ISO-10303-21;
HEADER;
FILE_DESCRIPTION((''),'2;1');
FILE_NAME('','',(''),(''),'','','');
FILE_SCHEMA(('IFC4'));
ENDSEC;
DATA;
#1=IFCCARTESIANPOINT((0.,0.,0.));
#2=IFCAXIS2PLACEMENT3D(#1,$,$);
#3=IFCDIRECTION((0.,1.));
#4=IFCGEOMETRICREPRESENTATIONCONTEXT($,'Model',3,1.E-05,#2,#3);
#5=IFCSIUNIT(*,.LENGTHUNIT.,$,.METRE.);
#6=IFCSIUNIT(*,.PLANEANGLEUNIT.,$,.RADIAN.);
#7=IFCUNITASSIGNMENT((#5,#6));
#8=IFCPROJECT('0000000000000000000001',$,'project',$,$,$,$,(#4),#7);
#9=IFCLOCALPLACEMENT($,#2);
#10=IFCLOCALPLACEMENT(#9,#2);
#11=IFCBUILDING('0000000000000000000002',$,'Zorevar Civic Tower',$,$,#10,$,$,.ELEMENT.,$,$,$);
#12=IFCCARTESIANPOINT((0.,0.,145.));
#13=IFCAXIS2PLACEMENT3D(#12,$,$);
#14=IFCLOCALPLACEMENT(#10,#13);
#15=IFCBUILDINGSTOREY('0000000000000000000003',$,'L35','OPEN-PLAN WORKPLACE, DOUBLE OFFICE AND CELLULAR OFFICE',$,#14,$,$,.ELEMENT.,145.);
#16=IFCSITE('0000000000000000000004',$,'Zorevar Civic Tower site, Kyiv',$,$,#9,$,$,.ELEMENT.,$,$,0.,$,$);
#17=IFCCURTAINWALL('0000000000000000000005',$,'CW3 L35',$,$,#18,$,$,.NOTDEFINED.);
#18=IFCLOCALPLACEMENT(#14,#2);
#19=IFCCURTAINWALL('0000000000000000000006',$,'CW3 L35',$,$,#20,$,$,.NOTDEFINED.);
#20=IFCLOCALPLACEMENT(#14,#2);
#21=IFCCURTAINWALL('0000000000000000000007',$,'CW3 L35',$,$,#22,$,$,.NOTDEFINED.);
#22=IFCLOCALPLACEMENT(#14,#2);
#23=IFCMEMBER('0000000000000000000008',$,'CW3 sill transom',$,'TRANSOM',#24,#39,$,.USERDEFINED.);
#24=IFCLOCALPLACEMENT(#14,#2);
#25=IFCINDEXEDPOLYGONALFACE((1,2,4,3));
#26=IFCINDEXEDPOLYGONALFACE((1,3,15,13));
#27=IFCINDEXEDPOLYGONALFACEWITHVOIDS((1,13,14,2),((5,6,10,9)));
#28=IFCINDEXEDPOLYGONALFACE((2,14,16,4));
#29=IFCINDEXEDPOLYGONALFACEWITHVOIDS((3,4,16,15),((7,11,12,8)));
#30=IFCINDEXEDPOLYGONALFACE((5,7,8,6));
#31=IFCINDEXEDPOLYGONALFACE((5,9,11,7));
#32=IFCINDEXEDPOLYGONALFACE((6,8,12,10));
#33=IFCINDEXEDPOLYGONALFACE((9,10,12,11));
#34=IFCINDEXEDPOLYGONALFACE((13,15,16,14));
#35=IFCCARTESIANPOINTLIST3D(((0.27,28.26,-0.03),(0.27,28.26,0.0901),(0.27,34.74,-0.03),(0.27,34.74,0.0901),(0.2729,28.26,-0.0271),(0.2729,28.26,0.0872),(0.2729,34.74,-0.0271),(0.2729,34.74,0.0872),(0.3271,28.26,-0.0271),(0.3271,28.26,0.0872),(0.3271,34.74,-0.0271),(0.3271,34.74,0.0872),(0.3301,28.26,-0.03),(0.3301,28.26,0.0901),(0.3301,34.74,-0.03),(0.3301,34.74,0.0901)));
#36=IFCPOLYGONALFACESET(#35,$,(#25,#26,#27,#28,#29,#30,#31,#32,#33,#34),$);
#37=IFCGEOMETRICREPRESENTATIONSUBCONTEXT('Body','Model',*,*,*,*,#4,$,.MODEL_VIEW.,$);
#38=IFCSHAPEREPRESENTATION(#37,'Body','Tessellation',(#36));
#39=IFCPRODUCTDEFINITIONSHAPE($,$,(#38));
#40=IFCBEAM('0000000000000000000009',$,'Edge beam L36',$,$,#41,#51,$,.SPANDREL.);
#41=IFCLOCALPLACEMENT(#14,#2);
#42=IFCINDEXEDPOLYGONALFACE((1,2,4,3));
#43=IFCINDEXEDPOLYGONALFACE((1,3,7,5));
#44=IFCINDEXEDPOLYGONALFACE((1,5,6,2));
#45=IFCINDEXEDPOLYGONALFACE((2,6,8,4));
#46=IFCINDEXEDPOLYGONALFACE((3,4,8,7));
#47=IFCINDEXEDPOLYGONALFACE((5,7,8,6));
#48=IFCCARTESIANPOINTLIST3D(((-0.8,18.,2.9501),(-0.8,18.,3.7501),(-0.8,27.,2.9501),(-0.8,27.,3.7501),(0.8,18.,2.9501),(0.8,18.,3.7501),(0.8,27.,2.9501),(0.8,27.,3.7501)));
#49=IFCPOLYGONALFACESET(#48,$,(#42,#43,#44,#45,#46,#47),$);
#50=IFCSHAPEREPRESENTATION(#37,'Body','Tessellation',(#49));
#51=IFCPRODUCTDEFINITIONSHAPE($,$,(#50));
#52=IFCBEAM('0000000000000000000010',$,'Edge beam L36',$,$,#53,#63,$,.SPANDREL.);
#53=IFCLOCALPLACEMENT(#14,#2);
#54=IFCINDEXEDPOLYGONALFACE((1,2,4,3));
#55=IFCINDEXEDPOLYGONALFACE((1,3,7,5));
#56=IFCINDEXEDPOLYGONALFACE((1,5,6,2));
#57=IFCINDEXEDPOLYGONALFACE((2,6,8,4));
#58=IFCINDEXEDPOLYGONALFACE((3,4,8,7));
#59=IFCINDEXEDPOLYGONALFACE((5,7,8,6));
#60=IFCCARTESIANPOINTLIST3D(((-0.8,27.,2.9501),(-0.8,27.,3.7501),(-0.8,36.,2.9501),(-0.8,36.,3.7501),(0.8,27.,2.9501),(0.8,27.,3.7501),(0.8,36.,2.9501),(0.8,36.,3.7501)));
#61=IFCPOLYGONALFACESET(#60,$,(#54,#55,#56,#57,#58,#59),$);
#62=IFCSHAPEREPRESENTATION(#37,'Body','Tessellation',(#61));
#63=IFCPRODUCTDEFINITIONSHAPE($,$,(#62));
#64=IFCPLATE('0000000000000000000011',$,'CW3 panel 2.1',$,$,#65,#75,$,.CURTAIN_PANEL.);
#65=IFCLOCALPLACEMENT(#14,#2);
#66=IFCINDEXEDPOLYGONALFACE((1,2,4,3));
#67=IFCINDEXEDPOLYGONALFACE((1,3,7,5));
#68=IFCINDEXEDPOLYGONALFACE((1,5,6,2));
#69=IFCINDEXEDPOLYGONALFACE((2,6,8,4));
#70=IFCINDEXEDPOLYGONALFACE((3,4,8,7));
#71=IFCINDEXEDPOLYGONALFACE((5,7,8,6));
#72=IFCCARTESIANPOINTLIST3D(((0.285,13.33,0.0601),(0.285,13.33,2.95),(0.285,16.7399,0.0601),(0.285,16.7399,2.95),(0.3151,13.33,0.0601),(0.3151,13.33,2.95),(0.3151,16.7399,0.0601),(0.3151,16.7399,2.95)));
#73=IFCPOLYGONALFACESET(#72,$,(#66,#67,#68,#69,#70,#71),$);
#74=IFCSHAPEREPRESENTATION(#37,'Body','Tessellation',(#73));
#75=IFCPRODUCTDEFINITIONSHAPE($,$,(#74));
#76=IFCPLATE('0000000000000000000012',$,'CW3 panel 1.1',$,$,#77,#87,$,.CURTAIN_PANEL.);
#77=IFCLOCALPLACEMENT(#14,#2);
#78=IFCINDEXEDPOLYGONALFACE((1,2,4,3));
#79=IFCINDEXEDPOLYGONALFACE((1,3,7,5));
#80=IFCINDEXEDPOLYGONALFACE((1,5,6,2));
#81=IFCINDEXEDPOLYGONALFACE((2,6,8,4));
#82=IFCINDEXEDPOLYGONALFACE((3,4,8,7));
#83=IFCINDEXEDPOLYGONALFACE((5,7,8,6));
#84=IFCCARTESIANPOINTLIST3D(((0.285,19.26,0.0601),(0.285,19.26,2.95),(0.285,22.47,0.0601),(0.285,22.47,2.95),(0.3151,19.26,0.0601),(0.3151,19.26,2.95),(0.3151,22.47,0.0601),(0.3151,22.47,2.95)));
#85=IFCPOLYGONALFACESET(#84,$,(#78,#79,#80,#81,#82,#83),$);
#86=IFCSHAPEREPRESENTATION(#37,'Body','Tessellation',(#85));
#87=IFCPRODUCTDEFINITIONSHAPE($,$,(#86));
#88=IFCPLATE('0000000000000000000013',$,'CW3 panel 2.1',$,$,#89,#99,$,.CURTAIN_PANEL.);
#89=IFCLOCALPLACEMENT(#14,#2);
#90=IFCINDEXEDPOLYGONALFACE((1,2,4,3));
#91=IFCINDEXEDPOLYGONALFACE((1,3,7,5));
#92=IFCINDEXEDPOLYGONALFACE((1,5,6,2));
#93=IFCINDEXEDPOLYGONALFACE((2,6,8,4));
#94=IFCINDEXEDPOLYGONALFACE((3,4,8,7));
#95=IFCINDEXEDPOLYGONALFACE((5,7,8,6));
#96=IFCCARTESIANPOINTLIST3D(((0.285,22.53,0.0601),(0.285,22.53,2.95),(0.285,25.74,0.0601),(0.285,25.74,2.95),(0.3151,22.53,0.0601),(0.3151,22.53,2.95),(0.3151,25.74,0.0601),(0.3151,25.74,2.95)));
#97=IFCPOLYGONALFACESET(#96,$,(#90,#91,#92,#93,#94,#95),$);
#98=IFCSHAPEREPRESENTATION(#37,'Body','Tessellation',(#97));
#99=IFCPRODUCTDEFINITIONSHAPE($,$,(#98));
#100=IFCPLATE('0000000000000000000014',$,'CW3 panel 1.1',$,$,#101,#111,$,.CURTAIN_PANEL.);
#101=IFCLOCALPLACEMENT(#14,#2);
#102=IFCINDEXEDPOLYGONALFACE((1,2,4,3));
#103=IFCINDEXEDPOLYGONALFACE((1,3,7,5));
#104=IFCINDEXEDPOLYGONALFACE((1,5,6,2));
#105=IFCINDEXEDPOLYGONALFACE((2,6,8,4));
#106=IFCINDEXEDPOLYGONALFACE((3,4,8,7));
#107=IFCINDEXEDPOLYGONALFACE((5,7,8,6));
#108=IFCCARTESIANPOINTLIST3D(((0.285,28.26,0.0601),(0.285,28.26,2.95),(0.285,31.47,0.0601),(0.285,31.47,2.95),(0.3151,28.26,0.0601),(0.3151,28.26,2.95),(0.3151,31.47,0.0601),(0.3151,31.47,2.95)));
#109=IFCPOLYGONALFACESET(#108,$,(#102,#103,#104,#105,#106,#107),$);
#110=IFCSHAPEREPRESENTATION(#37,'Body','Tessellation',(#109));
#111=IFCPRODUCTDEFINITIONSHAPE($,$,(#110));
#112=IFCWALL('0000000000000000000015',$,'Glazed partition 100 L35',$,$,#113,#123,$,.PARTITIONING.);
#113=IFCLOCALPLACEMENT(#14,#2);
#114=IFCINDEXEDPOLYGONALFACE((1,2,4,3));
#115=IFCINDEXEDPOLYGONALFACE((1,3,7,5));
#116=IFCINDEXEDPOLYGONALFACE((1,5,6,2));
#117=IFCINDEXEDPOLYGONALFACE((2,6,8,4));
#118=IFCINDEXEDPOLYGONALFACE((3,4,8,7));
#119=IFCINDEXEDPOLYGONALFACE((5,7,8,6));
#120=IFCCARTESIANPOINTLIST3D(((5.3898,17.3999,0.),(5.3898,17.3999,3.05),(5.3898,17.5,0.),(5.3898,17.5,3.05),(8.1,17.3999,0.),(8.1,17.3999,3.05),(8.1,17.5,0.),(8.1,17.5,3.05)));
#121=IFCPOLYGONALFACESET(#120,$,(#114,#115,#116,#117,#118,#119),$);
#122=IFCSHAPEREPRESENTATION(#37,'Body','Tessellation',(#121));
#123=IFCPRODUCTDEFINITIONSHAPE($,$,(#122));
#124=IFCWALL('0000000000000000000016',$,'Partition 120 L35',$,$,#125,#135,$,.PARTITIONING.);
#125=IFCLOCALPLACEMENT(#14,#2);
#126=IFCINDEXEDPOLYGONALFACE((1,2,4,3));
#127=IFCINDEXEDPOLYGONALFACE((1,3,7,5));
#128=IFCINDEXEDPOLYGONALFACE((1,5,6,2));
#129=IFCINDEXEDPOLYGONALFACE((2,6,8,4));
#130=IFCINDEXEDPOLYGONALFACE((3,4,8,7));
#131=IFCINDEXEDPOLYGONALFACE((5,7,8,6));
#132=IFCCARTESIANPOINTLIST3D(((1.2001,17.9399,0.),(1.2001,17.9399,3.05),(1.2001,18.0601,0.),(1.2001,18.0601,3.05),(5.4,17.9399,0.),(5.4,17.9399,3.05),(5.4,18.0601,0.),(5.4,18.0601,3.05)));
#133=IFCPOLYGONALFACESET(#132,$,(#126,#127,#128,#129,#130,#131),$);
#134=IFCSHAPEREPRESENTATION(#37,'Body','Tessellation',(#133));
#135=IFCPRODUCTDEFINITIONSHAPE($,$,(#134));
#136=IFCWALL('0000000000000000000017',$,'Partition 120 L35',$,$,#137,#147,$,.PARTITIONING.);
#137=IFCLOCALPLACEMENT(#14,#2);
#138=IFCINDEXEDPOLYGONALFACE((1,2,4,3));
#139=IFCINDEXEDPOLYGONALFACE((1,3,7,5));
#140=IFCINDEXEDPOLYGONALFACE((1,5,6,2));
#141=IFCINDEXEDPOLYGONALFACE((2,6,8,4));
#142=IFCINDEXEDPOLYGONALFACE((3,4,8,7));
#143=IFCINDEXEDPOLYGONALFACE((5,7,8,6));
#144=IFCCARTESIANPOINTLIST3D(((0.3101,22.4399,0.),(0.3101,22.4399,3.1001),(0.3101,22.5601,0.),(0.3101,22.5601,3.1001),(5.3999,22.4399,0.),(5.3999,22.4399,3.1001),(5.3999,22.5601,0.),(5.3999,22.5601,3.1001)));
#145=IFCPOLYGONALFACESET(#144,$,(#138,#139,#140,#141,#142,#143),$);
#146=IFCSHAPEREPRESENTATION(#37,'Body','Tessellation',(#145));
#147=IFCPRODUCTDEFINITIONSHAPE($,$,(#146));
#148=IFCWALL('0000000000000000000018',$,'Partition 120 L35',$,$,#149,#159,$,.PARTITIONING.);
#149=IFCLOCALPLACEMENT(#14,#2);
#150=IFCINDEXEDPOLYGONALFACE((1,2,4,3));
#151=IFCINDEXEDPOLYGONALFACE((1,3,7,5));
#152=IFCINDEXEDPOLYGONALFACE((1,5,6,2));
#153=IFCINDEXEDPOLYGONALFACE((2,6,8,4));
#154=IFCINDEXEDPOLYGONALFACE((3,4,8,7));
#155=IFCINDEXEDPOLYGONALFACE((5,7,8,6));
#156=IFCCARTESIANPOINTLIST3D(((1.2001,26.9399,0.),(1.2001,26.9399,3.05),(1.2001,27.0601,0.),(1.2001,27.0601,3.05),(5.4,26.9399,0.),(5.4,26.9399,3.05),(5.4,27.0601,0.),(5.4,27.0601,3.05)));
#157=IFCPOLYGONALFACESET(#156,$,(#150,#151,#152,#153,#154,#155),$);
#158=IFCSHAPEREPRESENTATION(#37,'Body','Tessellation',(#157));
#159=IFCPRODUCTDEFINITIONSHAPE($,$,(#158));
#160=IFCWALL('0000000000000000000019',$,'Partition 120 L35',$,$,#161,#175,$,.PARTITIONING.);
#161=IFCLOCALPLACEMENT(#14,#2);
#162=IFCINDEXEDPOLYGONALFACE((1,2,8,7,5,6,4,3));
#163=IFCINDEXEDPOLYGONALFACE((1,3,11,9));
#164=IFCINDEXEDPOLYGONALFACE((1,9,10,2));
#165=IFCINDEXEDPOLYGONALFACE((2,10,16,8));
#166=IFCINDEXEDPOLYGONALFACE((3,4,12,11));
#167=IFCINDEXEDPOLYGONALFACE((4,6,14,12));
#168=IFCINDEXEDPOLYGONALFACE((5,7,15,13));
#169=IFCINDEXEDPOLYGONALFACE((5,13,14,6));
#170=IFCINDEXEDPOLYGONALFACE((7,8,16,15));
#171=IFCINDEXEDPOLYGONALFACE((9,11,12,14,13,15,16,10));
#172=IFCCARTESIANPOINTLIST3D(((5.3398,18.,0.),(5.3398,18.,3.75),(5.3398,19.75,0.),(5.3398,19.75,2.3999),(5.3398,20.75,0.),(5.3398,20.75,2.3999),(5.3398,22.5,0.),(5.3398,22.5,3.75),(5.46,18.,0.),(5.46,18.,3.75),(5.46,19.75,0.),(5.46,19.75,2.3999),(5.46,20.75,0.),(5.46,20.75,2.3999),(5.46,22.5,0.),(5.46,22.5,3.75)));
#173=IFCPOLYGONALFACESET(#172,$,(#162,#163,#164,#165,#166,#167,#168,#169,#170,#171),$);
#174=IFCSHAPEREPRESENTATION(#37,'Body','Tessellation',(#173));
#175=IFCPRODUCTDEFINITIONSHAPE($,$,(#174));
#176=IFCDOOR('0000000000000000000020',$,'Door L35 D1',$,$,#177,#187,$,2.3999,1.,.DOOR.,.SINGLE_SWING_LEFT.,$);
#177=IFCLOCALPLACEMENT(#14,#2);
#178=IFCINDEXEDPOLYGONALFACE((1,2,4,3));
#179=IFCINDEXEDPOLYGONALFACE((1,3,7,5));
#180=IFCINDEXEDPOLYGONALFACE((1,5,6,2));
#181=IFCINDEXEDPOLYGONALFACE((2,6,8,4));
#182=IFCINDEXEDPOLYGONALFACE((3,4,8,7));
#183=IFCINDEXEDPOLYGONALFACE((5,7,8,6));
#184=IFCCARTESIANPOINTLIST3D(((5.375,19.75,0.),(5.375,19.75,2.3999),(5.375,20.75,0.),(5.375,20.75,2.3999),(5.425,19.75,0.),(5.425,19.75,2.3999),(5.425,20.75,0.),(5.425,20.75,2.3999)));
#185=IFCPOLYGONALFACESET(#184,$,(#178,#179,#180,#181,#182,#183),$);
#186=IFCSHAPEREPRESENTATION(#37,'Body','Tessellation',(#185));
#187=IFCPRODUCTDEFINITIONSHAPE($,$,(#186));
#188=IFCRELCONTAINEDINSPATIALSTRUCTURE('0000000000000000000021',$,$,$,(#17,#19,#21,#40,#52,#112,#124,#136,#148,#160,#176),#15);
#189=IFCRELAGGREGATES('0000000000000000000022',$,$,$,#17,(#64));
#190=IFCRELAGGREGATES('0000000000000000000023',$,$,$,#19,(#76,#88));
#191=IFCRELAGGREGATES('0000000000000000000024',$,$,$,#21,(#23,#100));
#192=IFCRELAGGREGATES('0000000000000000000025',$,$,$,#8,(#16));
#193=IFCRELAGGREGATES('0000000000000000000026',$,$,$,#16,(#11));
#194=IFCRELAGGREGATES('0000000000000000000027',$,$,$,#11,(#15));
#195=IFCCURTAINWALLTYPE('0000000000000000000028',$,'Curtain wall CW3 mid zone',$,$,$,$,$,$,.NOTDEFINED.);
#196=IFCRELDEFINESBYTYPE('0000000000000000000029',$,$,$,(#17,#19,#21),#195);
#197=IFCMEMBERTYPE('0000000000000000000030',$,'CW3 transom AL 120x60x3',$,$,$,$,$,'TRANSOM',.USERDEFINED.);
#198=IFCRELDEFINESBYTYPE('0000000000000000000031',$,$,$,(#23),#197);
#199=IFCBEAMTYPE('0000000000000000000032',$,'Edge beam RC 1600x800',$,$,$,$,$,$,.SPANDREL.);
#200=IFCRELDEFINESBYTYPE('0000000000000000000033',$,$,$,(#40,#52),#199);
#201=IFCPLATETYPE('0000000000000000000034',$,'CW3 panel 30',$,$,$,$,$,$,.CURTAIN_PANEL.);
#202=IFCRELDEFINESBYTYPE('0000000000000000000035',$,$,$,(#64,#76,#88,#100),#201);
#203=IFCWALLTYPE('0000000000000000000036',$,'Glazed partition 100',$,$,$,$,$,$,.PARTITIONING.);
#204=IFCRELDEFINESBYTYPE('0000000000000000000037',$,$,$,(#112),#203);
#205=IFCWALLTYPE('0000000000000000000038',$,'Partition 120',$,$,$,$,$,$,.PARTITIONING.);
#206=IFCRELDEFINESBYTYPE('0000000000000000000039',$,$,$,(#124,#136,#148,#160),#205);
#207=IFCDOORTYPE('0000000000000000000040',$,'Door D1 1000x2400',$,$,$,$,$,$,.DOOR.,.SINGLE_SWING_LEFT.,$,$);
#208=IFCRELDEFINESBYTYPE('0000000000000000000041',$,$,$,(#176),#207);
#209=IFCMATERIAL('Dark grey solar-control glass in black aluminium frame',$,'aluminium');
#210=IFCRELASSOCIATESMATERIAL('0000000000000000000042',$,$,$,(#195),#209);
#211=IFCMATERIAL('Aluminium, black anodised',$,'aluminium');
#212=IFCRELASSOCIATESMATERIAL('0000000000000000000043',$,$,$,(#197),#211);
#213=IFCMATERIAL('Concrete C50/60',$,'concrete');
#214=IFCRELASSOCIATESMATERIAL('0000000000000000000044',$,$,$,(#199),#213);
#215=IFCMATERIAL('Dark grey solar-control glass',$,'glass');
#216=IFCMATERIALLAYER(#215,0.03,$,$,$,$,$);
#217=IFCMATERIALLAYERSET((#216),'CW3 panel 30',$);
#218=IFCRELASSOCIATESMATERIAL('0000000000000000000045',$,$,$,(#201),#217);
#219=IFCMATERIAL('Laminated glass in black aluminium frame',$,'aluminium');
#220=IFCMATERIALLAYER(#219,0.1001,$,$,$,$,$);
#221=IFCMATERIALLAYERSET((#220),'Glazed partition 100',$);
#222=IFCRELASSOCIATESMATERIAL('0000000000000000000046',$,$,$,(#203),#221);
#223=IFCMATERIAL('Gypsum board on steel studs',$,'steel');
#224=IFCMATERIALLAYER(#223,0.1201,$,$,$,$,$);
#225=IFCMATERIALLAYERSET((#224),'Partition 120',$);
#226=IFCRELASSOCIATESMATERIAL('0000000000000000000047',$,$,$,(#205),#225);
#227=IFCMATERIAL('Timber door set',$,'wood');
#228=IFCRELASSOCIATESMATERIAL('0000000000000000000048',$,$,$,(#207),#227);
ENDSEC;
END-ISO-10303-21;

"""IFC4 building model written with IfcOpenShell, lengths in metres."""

from ifc_helpers import new_model, si_unit, direction, frame, frame_2d, origin, origin_2d, place, context, subcontext, project, spatial, rectangle, hollow_rectangle, extrude, material, layer, layer_set, material_profile, profile_set, type_object, element, fill, aggregate, save


model = new_model("IFC4")

# Units and contexts
model_context = context("Model", 3, precision=1e-05, world=origin(), true_north=direction((0.0, 1.0)))
body_context = subcontext(model_context, "Body", "Model", "MODEL_VIEW")
ifc_project = project(units=[si_unit("LENGTHUNIT", "METRE"), si_unit("PLANEANGLEUNIT", "RADIAN")], contexts=[model_context])

# Site, building, storey
site_placement = place(None, origin())
site = spatial("IfcSite", under=ifc_project, at=site_placement, Name="Zorevar Civic Tower site, Kyiv", CompositionType="ELEMENT", RefElevation=0.0)
building_placement = place(site_placement, origin())
building = spatial("IfcBuilding", under=site, at=building_placement, Name="Zorevar Civic Tower", CompositionType="ELEMENT")
storey_placement = place(building_placement, frame((0.0, 0.0, 145.0)))
storey = spatial("IfcBuildingStorey", under=building, at=storey_placement, Name="L35", Description="OPEN-PLAN WORKPLACE, DOUBLE OFFICE AND CELLULAR OFFICE", CompositionType="ELEMENT", Elevation=145.0)

# Curtain wall
ifc_material_1 = material(Name="Dark grey solar-control glass in black aluminium frame", Category="aluminium")
curtain_wall_type = type_object("IfcCurtainWallType", Name="Curtain wall CW3 mid zone", PredefinedType="NOTDEFINED", material=ifc_material_1)
curtain_wall_1_placement = place(storey_placement, origin())
curtain_wall_1 = element("IfcCurtainWall", 1, at=curtain_wall_1_placement, inside=storey, type_object=curtain_wall_type, Name="CW3 L35", PredefinedType="NOTDEFINED")

# Curtain walls
curtain_wall_2_placement = place(storey_placement, origin())
curtain_wall_2 = element("IfcCurtainWall", 2, at=curtain_wall_2_placement, inside=storey, type_object=curtain_wall_type, Name="CW3 L35", PredefinedType="NOTDEFINED")
curtain_wall_3_placement = place(storey_placement, origin())
curtain_wall_3 = element("IfcCurtainWall", 3, at=curtain_wall_3_placement, inside=storey, type_object=curtain_wall_type, Name="CW3 L35", PredefinedType="NOTDEFINED")

# Member
ifc_material_2 = material(Name="Aluminium, black anodised", Category="aluminium")
ifc_material_profile_1 = material_profile(ifc_material_2, hollow_rectangle(XDim=0.0601, YDim=0.1201, WallThickness=0.0029, at=origin_2d()), Name="AL 120x60x3")
ifc_profile_set_1 = profile_set([ifc_material_profile_1], Name="Aluminium, black anodised")
member_type_1 = type_object("IfcMemberType", Name="CW3 transom AL 120x60x3", ElementType="TRANSOM", PredefinedType="USERDEFINED", material=ifc_profile_set_1)
member_1_placement = place(storey_placement, frame((0.3, 28.26, 0.03), z_axis=(0.0, 1.0, 0.0), x_axis=(-1.0, 0.0, 0.0)))
member_1 = element("IfcMember", 4, at=member_1_placement, type_object=member_type_1, Name="CW3 sill transom", ObjectType="TRANSOM", PredefinedType="USERDEFINED", context=body_context, shape_type="SweptSolid", body=[
    extrude(hollow_rectangle(XDim=0.0601, YDim=0.1201, WallThickness=0.0029, at=origin_2d()), origin(), (0.0, 0.0, 1.0), 6.48),
])

# Beams
ifc_material_3 = material(Name="Concrete C50/60", Category="concrete")
ifc_material_profile_2 = material_profile(ifc_material_3, rectangle(XDim=1.6001, YDim=0.8, at=origin_2d()), Name="RC 1600x800")
ifc_profile_set_2 = profile_set([ifc_material_profile_2], Name="Concrete C50/60")
beam_type_1 = type_object("IfcBeamType", Name="Edge beam RC 1600x800", PredefinedType="SPANDREL", material=ifc_profile_set_2)
for number, where, z_axis, x_axis, name in (
    (5, (0.0, 18.0, 3.3501), (0.0, 1.0, 0.0), (-1.0, 0.0, 0.0), "Edge beam L36"),
    (6, (0.0, 27.0, 3.3501), (0.0, 1.0, 0.0), (-1.0, 0.0, 0.0), "Edge beam L36"),
):
    element("IfcBeam", number, at=place(storey_placement, frame(where, z_axis=z_axis, x_axis=x_axis)), inside=storey, type_object=beam_type_1, Name=name, PredefinedType="SPANDREL", context=body_context, shape_type="SweptSolid", body=[
        extrude(rectangle(XDim=1.6001, YDim=0.8, at=origin_2d()), origin(), (0.0, 0.0, 1.0), 9.0),
    ])

# Plates
ifc_material_4 = material(Name="Dark grey solar-control glass", Category="glass")
ifc_layer_1 = layer(ifc_material_4, 0.03)
ifc_layer_set_1 = layer_set([ifc_layer_1], Name="CW3 panel 30")
plate_type = type_object("IfcPlateType", Name="CW3 panel 30", PredefinedType="CURTAIN_PANEL", material=ifc_layer_set_1)
plate_1_placement = place(storey_placement, frame((0.3, 15.0349, 0.0601), z_axis=(0.0, 0.0, 1.0), x_axis=(0.0, 1.0, 0.0)))
plate_1 = element("IfcPlate", 7, at=plate_1_placement, type_object=plate_type, Name="CW3 panel 2.1", PredefinedType="CURTAIN_PANEL", context=body_context, shape_type="SweptSolid", body=[
    extrude(rectangle(XDim=3.4099, YDim=0.03, at=origin_2d()), origin(), (0.0, 0.0, 1.0), 2.8899),
])
aggregate(curtain_wall_1, [plate_1])
plate_2_placement = place(storey_placement, frame((0.3, 20.865, 0.0601), z_axis=(0.0, 0.0, 1.0), x_axis=(0.0, 1.0, 0.0)))
plate_2 = element("IfcPlate", 8, at=plate_2_placement, type_object=plate_type, Name="CW3 panel 1.1", PredefinedType="CURTAIN_PANEL", context=body_context, shape_type="SweptSolid", body=[
    extrude(rectangle(XDim=3.21, YDim=0.03, at=origin_2d()), origin(), (0.0, 0.0, 1.0), 2.8899),
])
plate_3_placement = place(storey_placement, frame((0.3, 24.135, 0.0601), z_axis=(0.0, 0.0, 1.0), x_axis=(0.0, 1.0, 0.0)))
plate_3 = element("IfcPlate", 9, at=plate_3_placement, type_object=plate_type, Name="CW3 panel 2.1", PredefinedType="CURTAIN_PANEL", context=body_context, shape_type="SweptSolid", body=[
    extrude(rectangle(XDim=3.21, YDim=0.03, at=origin_2d()), origin(), (0.0, 0.0, 1.0), 2.8899),
])
aggregate(curtain_wall_2, [plate_2, plate_3])
plate_4_placement = place(storey_placement, frame((0.3, 29.865, 0.0601), z_axis=(0.0, 0.0, 1.0), x_axis=(0.0, 1.0, 0.0)))
plate_4 = element("IfcPlate", 10, at=plate_4_placement, type_object=plate_type, Name="CW3 panel 1.1", PredefinedType="CURTAIN_PANEL", context=body_context, shape_type="SweptSolid", body=[
    extrude(rectangle(XDim=3.21, YDim=0.03, at=origin_2d()), origin(), (0.0, 0.0, 1.0), 2.8899),
])
aggregate(curtain_wall_3, [member_1, plate_4])

# Walls
ifc_material_5 = material(Name="Laminated glass in black aluminium frame", Category="aluminium")
ifc_layer_2 = layer(ifc_material_5, 0.1001)
ifc_layer_set_2 = layer_set([ifc_layer_2], Name="Glazed partition 100")
wall_type_1 = type_object("IfcWallType", Name="Glazed partition 100", PredefinedType="PARTITIONING", material=ifc_layer_set_2)
wall_1_placement = place(storey_placement, frame((5.3899, 17.45, 0.0), z_axis=(0.0, 0.0, 1.0), x_axis=(1.0, 0.0, 0.0)))
element("IfcWall", 11, at=wall_1_placement, inside=storey, type_object=wall_type_1, Name="Glazed partition 100 L35", PredefinedType="PARTITIONING", context=body_context, shape_type="SweptSolid", body=[
    extrude(rectangle(XDim=2.7102, YDim=0.1001, at=frame_2d((1.355, 0.0))), origin(), (0.0, 0.0, 1.0), 3.05),
])
ifc_material_6 = material(Name="Gypsum board on steel studs", Category="steel")
ifc_layer_3 = layer(ifc_material_6, 0.1201)
ifc_layer_set_3 = layer_set([ifc_layer_3], Name="Partition 120")
wall_type_2 = type_object("IfcWallType", Name="Partition 120", PredefinedType="PARTITIONING", material=ifc_layer_set_3)
wall_2_placement = place(storey_placement, frame((1.2, 18.0, 0.0), z_axis=(0.0, 0.0, 1.0), x_axis=(1.0, 0.0, 0.0)))
element("IfcWall", 12, at=wall_2_placement, inside=storey, type_object=wall_type_2, Name="Partition 120 L35", PredefinedType="PARTITIONING", context=body_context, shape_type="SweptSolid", body=[
    extrude(rectangle(XDim=4.2, YDim=0.1201, at=frame_2d((2.1001, 0.0))), origin(), (0.0, 0.0, 1.0), 3.05),
])
wall_3_placement = place(storey_placement, frame((0.3101, 22.5, 0.0), z_axis=(0.0, 0.0, 1.0), x_axis=(1.0, 0.0, 0.0)))
element("IfcWall", 13, at=wall_3_placement, inside=storey, type_object=wall_type_2, Name="Partition 120 L35", PredefinedType="PARTITIONING", context=body_context, shape_type="SweptSolid", body=[
    extrude(rectangle(XDim=5.0898, YDim=0.1201, at=frame_2d((2.5449, 0.0))), origin(), (0.0, 0.0, 1.0), 3.1001),
])
wall_4_placement = place(storey_placement, frame((1.2, 27.0, 0.0), z_axis=(0.0, 0.0, 1.0), x_axis=(1.0, 0.0, 0.0)))
element("IfcWall", 14, at=wall_4_placement, inside=storey, type_object=wall_type_2, Name="Partition 120 L35", PredefinedType="PARTITIONING", context=body_context, shape_type="SweptSolid", body=[
    extrude(rectangle(XDim=4.2, YDim=0.1201, at=frame_2d((2.1001, 0.0))), origin(), (0.0, 0.0, 1.0), 3.05),
])

# Wall, opening, door
wall_5_placement = place(storey_placement, frame((5.3999, 18.0, 0.0), z_axis=(0.0, 0.0, 1.0), x_axis=(0.0, 1.0, 0.0)))
wall_5 = element("IfcWall", 15, at=wall_5_placement, inside=storey, type_object=wall_type_2, Name="Partition 120 L35", PredefinedType="PARTITIONING", context=body_context, shape_type="SweptSolid", body=[
    extrude(rectangle(XDim=4.5, YDim=0.1201, at=frame_2d((2.25, 0.0))), origin(), (0.0, 0.0, 1.0), 3.75),
])
opening_placement = place(wall_5_placement, frame((1.75, 0.0, 0.0)))
opening = element("IfcOpeningElement", 16, at=opening_placement, cuts=wall_5, PredefinedType="OPENING", context=body_context, shape_type="SweptSolid", body=[
    extrude(rectangle(XDim=1.0, YDim=2.3999, at=frame_2d((0.5, 1.2))), frame((0.0, 0.0701, 0.0), z_axis=(0.0, -1.0, 0.0), x_axis=(1.0, 0.0, 0.0)), (0.0, 0.0, 1.0), 0.1401),
])
ifc_material_7 = material(Name="Timber door set", Category="wood")
door_type = type_object("IfcDoorType", Name="Door D1 1000x2400", OperationType="SINGLE_SWING_LEFT", PredefinedType="DOOR", material=ifc_material_7)
door_placement = place(opening_placement, origin())
door = element("IfcDoor", 17, at=door_placement, inside=storey, type_object=door_type, Name="Door L35 D1", OperationType="SINGLE_SWING_LEFT", OverallHeight=2.3999, OverallWidth=1.0, PredefinedType="DOOR", context=body_context, shape_type="SweptSolid", body=[
    extrude(rectangle(XDim=1.0, YDim=2.3999, at=frame_2d((0.5, 1.2))), frame((0.0, 0.0249, 0.0), z_axis=(0.0, -1.0, 0.0), x_axis=(1.0, 0.0, 0.0)), (0.0, 0.0, 1.0), 0.05),
])
fill(opening, door)

save(model, "model.ifc")
